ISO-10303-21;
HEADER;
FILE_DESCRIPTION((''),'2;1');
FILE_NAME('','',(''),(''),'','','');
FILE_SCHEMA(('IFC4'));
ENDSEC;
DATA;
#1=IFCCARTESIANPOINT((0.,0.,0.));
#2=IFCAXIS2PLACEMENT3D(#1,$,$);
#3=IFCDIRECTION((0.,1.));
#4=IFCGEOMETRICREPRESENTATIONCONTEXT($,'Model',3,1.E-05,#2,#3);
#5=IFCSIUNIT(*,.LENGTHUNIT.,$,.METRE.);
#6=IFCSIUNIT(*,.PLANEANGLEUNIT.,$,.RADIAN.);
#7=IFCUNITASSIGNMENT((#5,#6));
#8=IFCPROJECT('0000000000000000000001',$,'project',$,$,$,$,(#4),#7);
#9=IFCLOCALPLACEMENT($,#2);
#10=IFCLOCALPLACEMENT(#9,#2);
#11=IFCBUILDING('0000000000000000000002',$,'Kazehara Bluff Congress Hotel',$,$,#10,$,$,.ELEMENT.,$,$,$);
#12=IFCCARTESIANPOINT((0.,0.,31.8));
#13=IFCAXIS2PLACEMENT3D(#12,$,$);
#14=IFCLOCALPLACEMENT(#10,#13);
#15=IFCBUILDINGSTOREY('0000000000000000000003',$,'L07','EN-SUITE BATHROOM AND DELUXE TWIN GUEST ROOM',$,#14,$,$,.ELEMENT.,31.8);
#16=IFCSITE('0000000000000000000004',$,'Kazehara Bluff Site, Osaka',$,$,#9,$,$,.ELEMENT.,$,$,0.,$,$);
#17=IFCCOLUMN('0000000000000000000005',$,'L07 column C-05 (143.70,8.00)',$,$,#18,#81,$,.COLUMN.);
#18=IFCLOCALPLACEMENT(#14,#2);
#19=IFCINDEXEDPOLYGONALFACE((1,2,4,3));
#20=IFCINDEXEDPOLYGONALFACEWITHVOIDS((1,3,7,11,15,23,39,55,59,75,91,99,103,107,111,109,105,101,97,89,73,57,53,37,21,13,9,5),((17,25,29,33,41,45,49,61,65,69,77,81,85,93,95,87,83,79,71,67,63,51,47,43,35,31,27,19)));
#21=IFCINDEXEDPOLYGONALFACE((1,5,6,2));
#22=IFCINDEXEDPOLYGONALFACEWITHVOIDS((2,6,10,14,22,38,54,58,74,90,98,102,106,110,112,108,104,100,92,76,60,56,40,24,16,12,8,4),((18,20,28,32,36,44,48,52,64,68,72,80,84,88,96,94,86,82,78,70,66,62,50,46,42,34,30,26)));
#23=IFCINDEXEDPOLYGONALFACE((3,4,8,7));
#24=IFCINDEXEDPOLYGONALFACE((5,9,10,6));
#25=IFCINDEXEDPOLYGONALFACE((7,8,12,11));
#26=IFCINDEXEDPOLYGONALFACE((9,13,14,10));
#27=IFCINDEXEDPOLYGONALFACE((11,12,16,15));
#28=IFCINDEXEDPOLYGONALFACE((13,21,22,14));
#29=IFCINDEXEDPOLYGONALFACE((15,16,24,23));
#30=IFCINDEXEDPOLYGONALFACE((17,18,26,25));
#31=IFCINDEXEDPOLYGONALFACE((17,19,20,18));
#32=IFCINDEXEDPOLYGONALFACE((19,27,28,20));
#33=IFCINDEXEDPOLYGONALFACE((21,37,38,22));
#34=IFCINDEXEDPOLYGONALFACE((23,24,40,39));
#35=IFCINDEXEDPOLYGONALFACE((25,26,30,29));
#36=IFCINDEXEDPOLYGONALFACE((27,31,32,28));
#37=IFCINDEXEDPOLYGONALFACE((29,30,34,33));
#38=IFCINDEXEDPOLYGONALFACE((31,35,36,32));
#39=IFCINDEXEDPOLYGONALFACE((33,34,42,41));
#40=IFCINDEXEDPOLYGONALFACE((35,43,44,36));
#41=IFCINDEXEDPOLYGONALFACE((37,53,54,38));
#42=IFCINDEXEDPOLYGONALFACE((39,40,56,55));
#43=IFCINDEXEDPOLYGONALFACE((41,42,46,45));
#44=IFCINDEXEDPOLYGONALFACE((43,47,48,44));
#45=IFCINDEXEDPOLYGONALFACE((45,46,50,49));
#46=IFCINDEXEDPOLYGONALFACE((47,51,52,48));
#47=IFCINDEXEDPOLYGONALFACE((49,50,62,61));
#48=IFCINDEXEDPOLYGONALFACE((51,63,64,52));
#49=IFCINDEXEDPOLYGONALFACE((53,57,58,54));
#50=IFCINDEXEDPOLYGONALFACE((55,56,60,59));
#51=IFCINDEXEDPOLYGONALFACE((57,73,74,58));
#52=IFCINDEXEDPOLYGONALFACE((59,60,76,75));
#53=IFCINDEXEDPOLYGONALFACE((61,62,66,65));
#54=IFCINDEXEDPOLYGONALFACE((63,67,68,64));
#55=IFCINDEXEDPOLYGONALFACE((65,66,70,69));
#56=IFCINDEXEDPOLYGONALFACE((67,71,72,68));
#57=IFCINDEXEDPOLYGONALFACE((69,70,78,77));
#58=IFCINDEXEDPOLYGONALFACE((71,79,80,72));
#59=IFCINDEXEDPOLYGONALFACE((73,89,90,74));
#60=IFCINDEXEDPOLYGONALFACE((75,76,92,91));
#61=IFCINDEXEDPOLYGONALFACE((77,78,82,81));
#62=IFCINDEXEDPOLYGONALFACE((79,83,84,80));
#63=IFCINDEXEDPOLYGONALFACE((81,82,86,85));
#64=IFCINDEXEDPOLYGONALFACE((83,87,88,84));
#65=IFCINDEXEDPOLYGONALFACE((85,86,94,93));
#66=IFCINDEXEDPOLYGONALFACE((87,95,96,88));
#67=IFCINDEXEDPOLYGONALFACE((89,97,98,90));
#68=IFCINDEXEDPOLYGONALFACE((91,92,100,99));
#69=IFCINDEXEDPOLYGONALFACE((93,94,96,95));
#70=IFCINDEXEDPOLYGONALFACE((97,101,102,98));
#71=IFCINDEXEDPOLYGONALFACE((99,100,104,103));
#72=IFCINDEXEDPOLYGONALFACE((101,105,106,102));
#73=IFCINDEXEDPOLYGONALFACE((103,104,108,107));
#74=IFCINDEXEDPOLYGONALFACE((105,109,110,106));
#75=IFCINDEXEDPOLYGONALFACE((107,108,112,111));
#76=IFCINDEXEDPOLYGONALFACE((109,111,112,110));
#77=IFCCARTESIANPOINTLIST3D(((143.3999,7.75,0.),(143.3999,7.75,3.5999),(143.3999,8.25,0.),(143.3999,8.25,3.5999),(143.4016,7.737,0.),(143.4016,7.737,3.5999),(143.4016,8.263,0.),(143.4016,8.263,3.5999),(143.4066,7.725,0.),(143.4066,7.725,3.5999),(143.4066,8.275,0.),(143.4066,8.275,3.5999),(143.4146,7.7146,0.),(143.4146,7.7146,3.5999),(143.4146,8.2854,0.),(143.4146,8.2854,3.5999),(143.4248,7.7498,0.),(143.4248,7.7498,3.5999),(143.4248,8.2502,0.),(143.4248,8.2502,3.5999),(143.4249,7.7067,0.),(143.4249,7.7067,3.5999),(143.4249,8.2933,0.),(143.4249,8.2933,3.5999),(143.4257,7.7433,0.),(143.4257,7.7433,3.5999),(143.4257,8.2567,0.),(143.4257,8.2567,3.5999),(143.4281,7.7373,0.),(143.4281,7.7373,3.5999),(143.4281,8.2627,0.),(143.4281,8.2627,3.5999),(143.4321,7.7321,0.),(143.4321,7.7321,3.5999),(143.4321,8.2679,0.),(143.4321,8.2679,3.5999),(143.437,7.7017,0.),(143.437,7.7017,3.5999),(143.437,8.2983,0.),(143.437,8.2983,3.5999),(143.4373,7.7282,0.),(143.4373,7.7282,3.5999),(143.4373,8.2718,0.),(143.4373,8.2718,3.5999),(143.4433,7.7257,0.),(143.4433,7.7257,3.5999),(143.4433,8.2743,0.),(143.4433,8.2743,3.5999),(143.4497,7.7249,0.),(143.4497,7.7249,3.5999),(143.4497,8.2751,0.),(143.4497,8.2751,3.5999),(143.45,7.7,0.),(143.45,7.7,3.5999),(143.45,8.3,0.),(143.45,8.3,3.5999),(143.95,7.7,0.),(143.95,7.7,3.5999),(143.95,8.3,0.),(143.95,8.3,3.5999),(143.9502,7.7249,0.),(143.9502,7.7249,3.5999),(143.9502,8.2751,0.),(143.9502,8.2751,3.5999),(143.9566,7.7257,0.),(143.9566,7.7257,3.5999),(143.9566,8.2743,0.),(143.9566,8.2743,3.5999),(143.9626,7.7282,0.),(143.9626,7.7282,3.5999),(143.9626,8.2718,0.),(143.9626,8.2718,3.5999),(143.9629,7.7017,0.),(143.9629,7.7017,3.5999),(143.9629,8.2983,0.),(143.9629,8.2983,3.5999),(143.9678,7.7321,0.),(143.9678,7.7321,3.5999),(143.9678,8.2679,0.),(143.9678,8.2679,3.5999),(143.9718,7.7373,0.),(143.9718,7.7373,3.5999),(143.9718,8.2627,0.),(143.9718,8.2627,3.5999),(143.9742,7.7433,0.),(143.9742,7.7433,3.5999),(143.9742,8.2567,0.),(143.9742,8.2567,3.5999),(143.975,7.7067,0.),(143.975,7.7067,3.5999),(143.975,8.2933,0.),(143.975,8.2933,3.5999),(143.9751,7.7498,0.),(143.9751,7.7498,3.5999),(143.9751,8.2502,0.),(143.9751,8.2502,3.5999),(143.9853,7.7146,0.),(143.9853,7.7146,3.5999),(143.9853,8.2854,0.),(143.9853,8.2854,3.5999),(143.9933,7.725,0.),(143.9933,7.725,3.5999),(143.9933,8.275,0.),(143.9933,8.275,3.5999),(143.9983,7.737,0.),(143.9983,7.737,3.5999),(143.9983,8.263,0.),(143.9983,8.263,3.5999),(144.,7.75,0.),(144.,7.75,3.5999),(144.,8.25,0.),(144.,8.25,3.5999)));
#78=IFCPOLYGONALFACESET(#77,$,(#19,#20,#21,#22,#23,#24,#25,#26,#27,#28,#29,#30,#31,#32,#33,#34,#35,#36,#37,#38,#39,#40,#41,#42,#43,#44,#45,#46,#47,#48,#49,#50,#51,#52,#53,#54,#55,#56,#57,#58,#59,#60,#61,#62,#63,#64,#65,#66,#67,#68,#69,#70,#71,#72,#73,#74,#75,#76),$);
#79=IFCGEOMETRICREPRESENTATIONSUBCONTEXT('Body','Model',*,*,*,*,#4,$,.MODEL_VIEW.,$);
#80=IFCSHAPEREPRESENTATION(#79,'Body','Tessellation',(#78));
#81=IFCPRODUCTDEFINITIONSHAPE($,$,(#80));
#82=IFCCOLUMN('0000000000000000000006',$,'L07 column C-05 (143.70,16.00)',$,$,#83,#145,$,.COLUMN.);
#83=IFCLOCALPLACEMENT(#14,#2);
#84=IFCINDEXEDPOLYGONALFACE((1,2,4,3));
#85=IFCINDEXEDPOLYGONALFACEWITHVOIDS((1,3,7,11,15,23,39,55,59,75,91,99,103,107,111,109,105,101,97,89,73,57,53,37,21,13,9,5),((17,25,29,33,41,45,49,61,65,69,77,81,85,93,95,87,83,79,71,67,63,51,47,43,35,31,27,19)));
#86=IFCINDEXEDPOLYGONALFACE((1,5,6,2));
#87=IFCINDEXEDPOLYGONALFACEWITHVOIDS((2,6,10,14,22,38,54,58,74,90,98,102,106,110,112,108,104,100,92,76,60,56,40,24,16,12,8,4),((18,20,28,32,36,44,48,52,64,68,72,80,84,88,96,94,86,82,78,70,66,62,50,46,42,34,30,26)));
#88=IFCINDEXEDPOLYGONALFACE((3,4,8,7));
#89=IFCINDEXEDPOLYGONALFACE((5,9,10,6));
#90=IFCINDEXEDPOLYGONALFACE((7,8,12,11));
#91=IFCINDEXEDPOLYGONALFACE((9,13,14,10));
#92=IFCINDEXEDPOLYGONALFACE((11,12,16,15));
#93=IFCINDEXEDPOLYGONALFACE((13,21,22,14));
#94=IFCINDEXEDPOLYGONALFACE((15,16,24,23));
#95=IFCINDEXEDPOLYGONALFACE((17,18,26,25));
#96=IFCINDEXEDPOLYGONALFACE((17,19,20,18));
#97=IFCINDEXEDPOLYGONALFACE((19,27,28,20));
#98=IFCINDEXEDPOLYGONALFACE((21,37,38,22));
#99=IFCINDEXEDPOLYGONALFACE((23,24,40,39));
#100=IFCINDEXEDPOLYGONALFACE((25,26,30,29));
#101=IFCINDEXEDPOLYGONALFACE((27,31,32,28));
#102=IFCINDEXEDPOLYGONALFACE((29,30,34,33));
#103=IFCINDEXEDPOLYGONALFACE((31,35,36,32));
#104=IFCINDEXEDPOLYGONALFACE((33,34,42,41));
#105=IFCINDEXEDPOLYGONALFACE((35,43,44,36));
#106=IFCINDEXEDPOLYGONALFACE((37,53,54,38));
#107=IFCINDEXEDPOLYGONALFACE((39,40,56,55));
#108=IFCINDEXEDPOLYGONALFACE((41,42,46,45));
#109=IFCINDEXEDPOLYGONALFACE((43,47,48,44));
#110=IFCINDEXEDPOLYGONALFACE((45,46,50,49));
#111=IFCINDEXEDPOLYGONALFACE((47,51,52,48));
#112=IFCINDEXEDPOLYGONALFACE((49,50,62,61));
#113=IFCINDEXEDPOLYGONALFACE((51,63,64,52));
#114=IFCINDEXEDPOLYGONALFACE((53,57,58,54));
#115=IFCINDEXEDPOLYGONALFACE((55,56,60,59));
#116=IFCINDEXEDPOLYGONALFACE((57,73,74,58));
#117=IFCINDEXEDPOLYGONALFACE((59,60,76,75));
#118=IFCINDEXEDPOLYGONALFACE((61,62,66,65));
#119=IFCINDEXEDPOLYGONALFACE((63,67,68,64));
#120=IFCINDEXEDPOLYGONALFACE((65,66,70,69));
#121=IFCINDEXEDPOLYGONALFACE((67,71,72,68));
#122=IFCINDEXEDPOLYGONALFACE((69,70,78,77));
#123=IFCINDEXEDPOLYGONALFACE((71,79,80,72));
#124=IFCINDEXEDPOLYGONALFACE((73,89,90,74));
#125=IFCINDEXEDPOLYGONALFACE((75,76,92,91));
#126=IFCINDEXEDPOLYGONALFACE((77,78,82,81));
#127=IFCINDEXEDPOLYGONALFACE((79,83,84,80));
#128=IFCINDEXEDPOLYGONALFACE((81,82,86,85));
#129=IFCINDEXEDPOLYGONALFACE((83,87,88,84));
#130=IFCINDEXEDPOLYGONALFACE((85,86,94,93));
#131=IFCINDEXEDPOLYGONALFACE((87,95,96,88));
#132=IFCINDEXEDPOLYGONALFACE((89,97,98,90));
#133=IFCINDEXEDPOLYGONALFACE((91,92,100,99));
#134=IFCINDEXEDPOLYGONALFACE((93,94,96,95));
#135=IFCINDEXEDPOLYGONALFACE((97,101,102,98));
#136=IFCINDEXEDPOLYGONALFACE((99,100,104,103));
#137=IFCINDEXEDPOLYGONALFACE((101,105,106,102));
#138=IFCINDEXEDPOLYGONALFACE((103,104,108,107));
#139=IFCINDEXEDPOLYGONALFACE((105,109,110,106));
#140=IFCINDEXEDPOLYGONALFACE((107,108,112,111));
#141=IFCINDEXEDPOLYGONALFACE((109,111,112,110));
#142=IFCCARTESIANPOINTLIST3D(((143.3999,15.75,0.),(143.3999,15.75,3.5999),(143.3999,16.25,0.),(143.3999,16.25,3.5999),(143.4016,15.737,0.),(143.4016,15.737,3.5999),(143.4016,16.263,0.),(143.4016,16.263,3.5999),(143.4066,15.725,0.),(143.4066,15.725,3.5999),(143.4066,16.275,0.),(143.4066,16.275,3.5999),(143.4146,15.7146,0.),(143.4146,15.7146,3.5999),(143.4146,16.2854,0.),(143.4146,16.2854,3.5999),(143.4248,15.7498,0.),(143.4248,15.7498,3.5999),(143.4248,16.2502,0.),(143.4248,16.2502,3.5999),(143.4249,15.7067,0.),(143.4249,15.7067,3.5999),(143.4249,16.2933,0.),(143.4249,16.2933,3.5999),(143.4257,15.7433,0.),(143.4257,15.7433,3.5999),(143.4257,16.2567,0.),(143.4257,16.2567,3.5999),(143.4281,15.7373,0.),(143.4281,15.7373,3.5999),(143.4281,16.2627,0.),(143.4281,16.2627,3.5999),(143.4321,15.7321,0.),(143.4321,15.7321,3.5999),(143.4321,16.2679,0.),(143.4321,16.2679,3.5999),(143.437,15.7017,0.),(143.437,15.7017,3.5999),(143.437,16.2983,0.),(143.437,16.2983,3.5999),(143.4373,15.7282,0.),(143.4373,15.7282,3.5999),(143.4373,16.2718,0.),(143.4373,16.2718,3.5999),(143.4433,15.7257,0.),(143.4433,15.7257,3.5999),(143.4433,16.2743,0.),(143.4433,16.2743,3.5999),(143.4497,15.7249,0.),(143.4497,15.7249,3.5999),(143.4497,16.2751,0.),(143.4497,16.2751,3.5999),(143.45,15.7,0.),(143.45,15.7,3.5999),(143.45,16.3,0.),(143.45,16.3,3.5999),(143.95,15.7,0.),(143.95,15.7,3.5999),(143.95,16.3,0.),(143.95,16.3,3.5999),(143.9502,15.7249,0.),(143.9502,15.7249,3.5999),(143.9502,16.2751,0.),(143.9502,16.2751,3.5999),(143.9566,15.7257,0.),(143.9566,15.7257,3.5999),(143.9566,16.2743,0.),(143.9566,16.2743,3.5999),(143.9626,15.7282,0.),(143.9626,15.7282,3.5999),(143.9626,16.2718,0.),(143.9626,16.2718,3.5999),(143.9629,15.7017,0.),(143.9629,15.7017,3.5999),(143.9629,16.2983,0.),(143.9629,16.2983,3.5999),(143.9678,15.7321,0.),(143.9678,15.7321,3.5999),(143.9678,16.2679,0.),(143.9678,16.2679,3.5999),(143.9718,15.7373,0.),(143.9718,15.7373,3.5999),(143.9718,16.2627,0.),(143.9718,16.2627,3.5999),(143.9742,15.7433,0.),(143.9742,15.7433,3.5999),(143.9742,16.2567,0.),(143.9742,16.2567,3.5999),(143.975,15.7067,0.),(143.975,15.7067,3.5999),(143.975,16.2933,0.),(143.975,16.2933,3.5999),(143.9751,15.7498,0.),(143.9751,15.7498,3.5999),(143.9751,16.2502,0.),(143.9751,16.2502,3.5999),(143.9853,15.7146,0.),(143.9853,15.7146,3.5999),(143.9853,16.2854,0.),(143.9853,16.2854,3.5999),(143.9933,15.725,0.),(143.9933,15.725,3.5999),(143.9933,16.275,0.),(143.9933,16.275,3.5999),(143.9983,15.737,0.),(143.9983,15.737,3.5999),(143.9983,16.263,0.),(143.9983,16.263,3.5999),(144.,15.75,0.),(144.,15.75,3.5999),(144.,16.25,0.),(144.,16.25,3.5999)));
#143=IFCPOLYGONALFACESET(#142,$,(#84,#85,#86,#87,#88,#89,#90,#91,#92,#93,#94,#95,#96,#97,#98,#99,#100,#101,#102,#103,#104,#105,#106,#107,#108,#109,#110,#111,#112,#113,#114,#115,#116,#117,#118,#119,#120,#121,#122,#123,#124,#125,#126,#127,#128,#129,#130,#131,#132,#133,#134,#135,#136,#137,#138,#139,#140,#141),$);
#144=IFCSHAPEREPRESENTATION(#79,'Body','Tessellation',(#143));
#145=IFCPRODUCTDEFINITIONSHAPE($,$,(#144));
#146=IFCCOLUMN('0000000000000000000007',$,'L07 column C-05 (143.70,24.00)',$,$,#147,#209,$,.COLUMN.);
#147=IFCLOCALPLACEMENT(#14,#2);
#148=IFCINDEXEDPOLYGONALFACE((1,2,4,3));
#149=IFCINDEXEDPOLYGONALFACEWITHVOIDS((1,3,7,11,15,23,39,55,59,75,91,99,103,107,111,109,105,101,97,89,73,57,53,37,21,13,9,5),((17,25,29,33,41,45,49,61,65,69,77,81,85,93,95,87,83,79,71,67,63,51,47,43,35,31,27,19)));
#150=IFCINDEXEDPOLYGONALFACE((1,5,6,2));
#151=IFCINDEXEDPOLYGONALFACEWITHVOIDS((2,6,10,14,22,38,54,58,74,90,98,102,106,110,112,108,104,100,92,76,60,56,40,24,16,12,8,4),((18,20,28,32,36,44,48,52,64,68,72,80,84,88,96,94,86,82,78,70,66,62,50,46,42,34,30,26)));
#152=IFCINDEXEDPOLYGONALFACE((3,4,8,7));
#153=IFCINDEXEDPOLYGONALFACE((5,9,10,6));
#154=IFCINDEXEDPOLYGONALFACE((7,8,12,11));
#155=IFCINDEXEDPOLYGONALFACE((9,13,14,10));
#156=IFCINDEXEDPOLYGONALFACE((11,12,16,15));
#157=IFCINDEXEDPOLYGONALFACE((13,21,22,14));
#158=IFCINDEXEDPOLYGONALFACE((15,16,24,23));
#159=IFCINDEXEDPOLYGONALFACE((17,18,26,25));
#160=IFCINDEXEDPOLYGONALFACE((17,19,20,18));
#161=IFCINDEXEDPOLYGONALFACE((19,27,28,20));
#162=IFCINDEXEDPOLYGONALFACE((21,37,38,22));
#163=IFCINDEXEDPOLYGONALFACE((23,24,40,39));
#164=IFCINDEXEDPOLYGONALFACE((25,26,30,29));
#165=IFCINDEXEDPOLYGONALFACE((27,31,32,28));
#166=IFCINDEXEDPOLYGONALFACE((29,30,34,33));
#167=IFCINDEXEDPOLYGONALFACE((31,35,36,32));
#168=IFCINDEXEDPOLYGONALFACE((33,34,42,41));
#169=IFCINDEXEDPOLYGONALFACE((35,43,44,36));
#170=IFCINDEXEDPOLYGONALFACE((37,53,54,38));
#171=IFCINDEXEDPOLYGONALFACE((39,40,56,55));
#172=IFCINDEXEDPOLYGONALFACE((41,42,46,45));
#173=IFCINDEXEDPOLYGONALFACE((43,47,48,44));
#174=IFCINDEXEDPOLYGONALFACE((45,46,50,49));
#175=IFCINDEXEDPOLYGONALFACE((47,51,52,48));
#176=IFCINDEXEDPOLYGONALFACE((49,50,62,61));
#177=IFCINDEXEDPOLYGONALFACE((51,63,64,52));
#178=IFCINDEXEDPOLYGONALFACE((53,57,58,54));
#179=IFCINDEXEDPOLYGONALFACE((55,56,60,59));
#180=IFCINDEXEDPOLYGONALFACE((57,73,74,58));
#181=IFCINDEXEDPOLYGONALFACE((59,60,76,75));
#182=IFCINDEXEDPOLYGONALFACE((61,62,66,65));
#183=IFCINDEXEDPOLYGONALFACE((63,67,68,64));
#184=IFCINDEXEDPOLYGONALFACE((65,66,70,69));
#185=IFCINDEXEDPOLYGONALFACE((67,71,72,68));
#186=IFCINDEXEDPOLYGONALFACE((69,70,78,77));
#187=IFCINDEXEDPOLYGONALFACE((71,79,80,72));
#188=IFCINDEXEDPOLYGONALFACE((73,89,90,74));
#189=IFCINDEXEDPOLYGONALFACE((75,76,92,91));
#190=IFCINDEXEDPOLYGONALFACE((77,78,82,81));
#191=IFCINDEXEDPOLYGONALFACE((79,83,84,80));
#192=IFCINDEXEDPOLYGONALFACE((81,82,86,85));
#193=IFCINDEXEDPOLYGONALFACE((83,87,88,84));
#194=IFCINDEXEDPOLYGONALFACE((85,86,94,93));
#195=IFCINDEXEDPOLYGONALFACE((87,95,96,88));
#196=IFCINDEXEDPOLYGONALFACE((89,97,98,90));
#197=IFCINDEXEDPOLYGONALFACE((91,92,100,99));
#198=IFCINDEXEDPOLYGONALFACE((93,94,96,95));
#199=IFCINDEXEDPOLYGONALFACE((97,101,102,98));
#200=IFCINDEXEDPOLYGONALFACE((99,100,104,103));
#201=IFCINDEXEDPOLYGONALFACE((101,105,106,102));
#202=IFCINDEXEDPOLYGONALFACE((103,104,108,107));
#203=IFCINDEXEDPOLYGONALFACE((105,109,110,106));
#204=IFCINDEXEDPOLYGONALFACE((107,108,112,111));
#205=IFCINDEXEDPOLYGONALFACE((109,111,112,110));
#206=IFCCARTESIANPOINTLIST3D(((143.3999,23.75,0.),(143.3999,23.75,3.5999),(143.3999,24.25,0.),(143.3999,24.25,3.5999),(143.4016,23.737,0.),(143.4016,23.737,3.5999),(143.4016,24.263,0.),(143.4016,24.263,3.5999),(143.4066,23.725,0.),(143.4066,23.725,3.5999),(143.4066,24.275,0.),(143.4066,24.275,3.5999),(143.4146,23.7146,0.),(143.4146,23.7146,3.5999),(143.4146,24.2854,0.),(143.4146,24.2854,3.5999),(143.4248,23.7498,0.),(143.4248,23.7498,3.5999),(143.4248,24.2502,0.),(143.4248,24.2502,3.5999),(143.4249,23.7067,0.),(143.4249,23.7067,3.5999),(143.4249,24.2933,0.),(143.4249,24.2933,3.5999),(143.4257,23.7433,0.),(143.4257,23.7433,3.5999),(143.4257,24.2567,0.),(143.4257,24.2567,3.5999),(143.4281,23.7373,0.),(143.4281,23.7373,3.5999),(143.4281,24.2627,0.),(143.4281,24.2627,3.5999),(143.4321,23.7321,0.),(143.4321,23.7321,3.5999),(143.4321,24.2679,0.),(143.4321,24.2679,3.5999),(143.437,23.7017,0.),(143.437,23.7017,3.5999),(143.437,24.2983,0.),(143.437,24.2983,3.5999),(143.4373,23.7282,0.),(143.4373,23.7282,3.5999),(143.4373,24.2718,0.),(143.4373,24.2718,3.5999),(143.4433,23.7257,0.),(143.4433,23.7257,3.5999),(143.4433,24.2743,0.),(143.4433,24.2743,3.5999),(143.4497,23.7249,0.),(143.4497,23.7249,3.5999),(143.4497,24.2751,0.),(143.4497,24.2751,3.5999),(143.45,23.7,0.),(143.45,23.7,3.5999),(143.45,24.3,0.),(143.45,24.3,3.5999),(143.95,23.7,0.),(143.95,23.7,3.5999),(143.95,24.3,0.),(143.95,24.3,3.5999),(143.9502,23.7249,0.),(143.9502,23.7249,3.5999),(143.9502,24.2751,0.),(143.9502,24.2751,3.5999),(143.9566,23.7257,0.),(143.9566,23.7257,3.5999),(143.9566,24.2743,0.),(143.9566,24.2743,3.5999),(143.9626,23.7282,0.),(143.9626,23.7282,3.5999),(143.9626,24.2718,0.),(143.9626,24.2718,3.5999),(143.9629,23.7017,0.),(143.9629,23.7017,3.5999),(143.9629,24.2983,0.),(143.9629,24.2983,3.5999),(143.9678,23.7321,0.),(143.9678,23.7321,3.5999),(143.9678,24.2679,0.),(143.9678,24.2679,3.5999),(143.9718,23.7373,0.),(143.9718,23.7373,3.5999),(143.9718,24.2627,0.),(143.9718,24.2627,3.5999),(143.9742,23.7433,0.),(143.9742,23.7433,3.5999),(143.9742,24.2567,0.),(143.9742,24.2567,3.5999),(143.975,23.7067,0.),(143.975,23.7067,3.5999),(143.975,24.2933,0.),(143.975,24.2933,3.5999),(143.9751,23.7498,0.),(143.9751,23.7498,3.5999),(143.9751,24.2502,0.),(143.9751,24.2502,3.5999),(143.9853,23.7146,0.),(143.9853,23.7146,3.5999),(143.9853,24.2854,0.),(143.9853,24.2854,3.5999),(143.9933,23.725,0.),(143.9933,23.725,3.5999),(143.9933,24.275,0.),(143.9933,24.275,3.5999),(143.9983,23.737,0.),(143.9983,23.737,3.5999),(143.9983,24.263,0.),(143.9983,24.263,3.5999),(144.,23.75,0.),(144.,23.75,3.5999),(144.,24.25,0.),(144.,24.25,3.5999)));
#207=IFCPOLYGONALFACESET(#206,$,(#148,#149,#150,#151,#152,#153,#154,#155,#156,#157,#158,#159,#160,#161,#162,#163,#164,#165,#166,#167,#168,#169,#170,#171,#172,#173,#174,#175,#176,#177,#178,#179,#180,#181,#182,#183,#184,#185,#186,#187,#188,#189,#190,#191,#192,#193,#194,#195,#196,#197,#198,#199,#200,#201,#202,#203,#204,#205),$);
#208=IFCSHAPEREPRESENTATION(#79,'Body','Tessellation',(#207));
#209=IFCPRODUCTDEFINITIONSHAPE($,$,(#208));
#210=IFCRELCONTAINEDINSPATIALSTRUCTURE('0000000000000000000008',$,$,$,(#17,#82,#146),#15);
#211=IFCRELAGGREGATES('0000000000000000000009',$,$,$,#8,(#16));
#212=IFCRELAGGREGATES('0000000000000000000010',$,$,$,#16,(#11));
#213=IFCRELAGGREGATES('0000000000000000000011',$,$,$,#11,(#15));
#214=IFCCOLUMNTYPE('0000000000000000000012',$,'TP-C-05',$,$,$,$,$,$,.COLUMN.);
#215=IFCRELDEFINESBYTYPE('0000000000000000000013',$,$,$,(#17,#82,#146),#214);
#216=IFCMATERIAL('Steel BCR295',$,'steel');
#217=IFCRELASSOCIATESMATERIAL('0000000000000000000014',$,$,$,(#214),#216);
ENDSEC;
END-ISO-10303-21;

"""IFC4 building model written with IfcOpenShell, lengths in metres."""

from ifc_helpers import new_model, si_unit, direction, frame, origin, origin_2d, place, context, subcontext, project, spatial, hollow_rectangle, extrude, material, material_profile, profile_set, type_object, element, save


model = new_model("IFC4")

# Units and contexts
model_context = context("Model", 3, precision=1e-05, world=origin(), true_north=direction((0.0, 1.0)))
body_context = subcontext(model_context, "Body", "Model", "MODEL_VIEW")
ifc_project = project(units=[si_unit("LENGTHUNIT", "METRE"), si_unit("PLANEANGLEUNIT", "RADIAN")], contexts=[model_context])

# Site, building, storey
site_placement = place(None, origin())
site = spatial("IfcSite", under=ifc_project, at=site_placement, Name="Kazehara Bluff Site, Osaka", CompositionType="ELEMENT", RefElevation=0.0)
building_placement = place(site_placement, origin())
building = spatial("IfcBuilding", under=site, at=building_placement, Name="Kazehara Bluff Congress Hotel", CompositionType="ELEMENT")
storey_placement = place(building_placement, frame((0.0, 0.0, 31.8)))
storey = spatial("IfcBuildingStorey", under=building, at=storey_placement, Name="L07", Description="EN-SUITE BATHROOM AND DELUXE TWIN GUEST ROOM", CompositionType="ELEMENT", Elevation=31.8)

# Columns
ifc_material_1 = material(Name="Steel BCR295", Category="steel")
ifc_material_profile_1 = material_profile(ifc_material_1, hollow_rectangle(XDim=0.6001, YDim=0.6001, WallThickness=0.0249, InnerFilletRadius=0.0249, OuterFilletRadius=0.05, at=origin_2d()))
ifc_profile_set_1 = profile_set([ifc_material_profile_1], Name="Steel BCR295")
column_type = type_object("IfcColumnType", Name="TP-C-05", PredefinedType="COLUMN", material=ifc_profile_set_1)
for number, where, z_axis, x_axis, name in (
    (1, (143.7, 8.0, 0.0), (0.0, 0.0, 1.0), (1.0, 0.0, 0.0), "L07 column C-05 (143.70,8.00)"),
    (2, (143.7, 16.0, 0.0), (0.0, 0.0, 1.0), (1.0, 0.0, 0.0), "L07 column C-05 (143.70,16.00)"),
    (3, (143.7, 24.0, 0.0), (0.0, 0.0, 1.0), (1.0, 0.0, 0.0), "L07 column C-05 (143.70,24.00)"),
):
    element("IfcColumn", number, at=place(storey_placement, frame(where, z_axis=z_axis, x_axis=x_axis)), inside=storey, type_object=column_type, Name=name, PredefinedType="COLUMN", context=body_context, shape_type="SweptSolid", body=[
        extrude(hollow_rectangle(XDim=0.6001, YDim=0.6001, WallThickness=0.0249, InnerFilletRadius=0.0249, OuterFilletRadius=0.05, at=origin_2d()), origin(), (0.0, 0.0, 1.0), 3.5999),
    ])

save(model, "model.ifc")
